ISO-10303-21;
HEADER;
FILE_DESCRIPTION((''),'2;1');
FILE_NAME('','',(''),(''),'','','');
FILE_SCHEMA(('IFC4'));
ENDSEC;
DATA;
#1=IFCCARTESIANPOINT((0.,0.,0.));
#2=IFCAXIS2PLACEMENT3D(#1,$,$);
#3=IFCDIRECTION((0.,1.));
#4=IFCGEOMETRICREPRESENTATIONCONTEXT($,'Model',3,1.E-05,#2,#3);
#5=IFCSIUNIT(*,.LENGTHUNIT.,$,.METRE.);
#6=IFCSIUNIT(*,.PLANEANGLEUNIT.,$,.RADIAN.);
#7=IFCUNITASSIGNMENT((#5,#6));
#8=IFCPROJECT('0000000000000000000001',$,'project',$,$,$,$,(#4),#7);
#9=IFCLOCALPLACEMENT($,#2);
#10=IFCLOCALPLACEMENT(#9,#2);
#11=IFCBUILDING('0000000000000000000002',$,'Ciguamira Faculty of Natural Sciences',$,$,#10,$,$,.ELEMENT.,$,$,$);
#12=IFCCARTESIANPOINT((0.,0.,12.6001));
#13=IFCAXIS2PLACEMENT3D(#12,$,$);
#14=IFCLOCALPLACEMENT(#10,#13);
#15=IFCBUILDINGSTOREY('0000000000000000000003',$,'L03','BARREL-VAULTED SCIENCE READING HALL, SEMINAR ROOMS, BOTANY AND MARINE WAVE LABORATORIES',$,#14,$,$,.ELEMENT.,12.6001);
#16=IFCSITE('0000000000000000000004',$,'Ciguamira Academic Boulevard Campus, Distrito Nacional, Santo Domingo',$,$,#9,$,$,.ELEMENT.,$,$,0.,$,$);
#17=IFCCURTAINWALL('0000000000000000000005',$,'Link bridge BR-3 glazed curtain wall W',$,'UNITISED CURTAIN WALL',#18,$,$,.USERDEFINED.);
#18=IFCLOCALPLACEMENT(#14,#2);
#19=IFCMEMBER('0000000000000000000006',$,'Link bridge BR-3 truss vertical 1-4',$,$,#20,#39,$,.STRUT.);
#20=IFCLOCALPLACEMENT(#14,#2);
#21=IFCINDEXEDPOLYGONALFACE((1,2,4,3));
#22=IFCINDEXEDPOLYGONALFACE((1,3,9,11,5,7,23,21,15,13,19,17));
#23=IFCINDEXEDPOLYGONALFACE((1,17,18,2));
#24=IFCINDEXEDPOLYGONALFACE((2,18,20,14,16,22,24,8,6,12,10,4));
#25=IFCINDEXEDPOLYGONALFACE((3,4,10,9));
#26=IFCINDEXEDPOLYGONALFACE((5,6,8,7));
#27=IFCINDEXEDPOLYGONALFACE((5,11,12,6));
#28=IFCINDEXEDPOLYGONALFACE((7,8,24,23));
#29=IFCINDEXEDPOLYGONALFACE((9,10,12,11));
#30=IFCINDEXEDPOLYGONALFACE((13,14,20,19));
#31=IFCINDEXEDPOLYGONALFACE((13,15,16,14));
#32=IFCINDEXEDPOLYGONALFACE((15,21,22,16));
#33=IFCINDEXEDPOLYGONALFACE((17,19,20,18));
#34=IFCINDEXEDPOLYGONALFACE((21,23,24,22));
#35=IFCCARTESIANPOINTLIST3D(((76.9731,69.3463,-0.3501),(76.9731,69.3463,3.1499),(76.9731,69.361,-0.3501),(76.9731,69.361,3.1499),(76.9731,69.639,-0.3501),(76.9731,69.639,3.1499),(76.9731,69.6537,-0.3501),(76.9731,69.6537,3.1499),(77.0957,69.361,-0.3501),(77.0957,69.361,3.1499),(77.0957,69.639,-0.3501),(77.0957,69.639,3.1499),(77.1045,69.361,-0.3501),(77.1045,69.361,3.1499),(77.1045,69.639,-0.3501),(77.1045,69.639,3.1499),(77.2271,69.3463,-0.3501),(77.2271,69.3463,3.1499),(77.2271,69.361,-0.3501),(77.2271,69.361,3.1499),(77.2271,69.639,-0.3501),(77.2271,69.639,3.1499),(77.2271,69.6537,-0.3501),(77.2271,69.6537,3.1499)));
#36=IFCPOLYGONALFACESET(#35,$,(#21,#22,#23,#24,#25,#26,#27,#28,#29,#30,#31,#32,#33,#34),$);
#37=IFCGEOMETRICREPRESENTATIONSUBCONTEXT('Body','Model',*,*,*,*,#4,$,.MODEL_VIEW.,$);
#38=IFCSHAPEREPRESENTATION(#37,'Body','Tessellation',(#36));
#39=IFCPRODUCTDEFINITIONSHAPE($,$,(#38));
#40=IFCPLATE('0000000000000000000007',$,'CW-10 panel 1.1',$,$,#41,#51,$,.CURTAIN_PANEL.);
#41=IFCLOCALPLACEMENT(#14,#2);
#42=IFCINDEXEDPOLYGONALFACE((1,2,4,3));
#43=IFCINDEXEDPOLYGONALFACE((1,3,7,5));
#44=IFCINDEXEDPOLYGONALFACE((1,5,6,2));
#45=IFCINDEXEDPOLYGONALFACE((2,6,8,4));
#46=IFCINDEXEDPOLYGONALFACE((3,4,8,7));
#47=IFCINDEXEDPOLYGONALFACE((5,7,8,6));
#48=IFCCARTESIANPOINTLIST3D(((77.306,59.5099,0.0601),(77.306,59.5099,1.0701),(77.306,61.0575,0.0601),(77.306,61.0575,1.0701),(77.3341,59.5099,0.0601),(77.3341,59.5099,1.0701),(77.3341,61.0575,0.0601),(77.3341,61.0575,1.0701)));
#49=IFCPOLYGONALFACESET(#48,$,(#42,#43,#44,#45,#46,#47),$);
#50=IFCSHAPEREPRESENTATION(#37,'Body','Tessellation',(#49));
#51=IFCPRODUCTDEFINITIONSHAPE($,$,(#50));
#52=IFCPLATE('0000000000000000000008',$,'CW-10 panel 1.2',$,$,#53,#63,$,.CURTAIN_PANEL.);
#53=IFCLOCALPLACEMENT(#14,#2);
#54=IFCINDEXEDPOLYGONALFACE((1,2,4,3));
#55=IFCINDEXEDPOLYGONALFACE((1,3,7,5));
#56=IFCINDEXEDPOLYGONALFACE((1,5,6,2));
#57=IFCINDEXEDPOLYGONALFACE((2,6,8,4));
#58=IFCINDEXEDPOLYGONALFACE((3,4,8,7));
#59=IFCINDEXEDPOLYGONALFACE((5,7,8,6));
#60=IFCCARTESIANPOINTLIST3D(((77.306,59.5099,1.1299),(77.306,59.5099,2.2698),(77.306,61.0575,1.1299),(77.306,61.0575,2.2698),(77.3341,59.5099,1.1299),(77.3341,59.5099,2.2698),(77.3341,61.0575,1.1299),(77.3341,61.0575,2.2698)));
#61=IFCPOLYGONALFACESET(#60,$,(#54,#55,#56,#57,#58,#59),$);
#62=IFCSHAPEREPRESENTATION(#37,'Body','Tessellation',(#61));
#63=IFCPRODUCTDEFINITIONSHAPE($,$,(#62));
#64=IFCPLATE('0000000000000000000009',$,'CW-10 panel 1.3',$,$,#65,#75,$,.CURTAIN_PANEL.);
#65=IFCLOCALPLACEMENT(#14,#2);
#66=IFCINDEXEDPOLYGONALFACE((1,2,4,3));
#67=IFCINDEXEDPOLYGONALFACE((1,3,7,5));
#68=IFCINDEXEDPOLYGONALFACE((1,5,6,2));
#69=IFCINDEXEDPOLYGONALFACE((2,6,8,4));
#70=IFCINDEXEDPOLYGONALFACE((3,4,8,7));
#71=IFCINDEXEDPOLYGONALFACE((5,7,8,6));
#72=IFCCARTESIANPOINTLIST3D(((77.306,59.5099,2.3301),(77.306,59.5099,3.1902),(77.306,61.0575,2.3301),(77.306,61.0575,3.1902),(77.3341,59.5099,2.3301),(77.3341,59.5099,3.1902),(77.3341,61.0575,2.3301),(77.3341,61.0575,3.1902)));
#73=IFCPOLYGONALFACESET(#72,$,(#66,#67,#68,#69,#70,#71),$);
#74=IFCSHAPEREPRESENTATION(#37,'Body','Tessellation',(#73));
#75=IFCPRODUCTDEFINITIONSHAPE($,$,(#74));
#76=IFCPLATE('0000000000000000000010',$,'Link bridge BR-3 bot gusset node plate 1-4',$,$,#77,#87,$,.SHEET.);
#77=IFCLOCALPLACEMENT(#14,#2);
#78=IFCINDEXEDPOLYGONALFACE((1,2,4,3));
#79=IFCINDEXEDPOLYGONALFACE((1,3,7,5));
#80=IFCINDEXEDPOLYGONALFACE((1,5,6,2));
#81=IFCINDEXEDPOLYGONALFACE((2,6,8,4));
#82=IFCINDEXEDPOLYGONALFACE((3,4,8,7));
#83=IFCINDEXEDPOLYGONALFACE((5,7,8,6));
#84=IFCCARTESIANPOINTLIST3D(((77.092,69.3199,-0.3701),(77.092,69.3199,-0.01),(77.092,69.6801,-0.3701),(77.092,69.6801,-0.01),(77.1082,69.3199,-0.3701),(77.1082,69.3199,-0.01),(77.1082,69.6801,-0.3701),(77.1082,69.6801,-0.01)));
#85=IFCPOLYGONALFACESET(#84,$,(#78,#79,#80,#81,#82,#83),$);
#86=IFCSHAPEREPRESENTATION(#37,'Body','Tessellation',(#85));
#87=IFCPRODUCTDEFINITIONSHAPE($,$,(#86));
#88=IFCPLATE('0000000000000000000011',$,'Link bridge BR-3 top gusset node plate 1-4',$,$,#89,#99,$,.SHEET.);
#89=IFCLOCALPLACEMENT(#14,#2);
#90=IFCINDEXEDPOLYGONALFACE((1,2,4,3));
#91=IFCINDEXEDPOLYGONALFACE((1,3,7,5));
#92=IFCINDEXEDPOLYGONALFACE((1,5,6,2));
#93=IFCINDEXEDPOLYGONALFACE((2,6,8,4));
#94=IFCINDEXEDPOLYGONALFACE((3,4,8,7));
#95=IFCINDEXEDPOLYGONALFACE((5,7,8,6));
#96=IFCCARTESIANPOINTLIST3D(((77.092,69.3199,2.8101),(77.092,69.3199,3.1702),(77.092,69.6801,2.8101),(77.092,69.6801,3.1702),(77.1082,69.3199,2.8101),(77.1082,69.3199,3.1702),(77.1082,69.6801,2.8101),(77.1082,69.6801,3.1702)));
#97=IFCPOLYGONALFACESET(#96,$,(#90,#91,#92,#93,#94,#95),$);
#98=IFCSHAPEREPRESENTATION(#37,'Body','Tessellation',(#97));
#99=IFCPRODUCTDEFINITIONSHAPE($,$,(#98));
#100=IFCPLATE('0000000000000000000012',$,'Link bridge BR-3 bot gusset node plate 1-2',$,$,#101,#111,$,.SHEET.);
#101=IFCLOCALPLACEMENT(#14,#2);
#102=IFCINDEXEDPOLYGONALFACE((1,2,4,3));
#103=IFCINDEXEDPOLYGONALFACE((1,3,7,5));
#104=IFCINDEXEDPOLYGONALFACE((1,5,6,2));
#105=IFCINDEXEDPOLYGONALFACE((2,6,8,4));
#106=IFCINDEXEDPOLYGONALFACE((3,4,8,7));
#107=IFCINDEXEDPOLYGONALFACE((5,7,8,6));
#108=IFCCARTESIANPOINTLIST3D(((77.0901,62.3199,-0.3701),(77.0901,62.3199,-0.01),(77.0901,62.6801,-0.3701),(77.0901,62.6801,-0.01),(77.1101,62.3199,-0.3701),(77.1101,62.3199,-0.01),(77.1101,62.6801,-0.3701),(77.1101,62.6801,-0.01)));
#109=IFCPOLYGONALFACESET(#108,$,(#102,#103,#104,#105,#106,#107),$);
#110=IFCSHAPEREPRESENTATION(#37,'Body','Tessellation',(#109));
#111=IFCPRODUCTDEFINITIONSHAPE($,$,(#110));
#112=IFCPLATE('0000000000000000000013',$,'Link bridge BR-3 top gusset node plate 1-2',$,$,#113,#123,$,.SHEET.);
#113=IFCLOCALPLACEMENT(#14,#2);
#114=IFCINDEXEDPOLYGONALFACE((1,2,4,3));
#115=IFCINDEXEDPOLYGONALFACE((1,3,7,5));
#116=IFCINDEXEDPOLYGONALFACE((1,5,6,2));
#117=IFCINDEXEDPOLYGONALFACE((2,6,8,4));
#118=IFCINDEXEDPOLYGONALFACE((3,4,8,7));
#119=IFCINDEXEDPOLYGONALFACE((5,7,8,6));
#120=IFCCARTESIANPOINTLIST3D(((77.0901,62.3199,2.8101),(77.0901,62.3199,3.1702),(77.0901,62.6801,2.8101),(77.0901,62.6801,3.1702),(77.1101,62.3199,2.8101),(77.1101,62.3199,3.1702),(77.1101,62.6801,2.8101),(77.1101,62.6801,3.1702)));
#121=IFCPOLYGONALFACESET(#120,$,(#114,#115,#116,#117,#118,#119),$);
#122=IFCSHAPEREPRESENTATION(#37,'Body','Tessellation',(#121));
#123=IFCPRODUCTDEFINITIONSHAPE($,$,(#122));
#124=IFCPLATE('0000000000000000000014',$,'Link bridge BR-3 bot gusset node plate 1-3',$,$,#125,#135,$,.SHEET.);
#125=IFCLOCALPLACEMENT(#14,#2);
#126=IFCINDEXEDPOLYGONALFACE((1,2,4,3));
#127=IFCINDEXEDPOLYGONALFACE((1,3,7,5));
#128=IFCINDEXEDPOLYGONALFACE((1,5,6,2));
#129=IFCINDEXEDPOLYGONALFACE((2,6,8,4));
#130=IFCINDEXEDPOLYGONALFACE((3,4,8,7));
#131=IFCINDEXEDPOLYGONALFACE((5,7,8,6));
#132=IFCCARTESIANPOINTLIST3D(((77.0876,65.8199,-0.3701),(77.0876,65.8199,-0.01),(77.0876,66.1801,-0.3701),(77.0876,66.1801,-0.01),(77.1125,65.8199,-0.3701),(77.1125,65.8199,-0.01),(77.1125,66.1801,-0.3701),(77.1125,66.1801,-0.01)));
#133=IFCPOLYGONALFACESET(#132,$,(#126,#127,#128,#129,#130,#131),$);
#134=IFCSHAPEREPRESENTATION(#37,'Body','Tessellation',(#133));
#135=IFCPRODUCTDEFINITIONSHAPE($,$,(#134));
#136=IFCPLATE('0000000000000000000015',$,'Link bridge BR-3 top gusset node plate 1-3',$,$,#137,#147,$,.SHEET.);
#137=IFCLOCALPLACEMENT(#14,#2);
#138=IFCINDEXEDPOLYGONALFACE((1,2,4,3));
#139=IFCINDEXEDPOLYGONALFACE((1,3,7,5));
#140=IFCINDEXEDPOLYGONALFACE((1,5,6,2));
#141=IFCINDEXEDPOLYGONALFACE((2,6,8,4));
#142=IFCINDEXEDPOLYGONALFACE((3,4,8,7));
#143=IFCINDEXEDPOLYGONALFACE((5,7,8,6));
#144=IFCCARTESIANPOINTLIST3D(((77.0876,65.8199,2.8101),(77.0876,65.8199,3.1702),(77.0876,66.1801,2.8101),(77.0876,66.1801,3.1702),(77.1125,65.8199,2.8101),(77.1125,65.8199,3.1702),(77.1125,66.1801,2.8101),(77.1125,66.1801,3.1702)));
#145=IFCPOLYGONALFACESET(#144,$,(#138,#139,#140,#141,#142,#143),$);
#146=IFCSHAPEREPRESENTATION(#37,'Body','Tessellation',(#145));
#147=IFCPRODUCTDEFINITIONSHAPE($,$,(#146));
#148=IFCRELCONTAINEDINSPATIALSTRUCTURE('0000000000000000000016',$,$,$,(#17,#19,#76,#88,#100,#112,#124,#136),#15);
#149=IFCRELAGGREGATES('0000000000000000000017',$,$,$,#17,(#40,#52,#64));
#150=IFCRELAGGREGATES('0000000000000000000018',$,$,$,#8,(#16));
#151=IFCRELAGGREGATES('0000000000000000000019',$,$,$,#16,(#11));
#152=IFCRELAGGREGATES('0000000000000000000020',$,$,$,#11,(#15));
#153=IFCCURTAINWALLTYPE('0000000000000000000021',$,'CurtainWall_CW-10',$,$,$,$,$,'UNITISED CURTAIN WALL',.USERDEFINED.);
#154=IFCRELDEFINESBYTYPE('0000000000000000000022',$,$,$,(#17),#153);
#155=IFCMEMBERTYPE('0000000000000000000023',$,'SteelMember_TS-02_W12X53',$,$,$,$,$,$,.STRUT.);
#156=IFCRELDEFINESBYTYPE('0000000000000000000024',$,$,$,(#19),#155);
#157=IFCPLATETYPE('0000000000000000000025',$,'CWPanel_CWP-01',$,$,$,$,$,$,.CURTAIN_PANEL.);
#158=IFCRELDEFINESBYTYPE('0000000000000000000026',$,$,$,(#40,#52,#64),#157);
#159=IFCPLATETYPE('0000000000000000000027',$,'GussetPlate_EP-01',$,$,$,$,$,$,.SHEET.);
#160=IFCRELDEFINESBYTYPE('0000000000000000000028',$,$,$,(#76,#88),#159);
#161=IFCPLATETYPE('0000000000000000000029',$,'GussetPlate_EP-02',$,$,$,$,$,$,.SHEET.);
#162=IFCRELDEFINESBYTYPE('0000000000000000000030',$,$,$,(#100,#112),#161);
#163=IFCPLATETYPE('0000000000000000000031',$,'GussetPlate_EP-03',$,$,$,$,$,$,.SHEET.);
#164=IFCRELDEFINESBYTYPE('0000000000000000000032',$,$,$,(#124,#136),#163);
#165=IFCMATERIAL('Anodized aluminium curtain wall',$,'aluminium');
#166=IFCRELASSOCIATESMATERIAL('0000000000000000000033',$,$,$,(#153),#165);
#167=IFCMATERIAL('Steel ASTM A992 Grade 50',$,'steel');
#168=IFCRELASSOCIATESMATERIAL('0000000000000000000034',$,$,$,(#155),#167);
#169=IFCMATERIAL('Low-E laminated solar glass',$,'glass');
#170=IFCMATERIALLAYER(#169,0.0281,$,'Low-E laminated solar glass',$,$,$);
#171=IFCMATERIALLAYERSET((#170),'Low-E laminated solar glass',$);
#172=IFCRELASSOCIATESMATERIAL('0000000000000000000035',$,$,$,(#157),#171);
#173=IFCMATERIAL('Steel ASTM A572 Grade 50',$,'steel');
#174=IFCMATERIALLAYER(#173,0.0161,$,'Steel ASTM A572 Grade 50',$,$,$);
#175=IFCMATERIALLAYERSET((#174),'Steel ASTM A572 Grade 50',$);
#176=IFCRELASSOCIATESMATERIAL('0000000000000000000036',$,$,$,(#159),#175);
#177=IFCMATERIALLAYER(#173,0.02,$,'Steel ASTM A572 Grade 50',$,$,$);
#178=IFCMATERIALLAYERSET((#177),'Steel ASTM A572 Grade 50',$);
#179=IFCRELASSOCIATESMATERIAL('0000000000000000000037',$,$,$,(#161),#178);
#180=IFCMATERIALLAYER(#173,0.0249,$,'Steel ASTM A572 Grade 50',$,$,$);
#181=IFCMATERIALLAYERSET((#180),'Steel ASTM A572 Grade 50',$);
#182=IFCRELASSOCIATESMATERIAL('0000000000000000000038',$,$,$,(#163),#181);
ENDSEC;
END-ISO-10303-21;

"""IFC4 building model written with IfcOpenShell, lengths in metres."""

from ifc_helpers import new_model, si_unit, direction, frame, origin, origin_2d, place, context, subcontext, project, spatial, rectangle, i_section, extrude, material, layer, layer_set, material_profile, profile_set, type_object, element, aggregate, save


model = new_model("IFC4")

# Units and contexts
model_context = context("Model", 3, precision=1e-05, world=origin(), true_north=direction((0.0, 1.0)))
body_context = subcontext(model_context, "Body", "Model", "MODEL_VIEW")
ifc_project = project(units=[si_unit("LENGTHUNIT", "METRE"), si_unit("PLANEANGLEUNIT", "RADIAN")], contexts=[model_context])

# Site, building, storey
site_placement = place(None, origin())
site = spatial("IfcSite", under=ifc_project, at=site_placement, Name="Ciguamira Academic Boulevard Campus, Distrito Nacional, Santo Domingo", CompositionType="ELEMENT", RefElevation=0.0)
building_placement = place(site_placement, origin())
building = spatial("IfcBuilding", under=site, at=building_placement, Name="Ciguamira Faculty of Natural Sciences", CompositionType="ELEMENT")
storey_placement = place(building_placement, frame((0.0, 0.0, 12.6001)))
storey = spatial("IfcBuildingStorey", under=building, at=storey_placement, Name="L03", Description="BARREL-VAULTED SCIENCE READING HALL, SEMINAR ROOMS, BOTANY AND MARINE WAVE LABORATORIES", CompositionType="ELEMENT", Elevation=12.6001)

# Curtain wall
ifc_material_1 = material(Name="Anodized aluminium curtain wall", Category="aluminium")
curtain_wall_type = type_object("IfcCurtainWallType", Name="CurtainWall_CW-10", ElementType="UNITISED CURTAIN WALL", PredefinedType="USERDEFINED", material=ifc_material_1)
curtain_wall_placement = place(storey_placement, origin())
curtain_wall = element("IfcCurtainWall", 1, at=curtain_wall_placement, inside=storey, type_object=curtain_wall_type, Name="Link bridge BR-3 glazed curtain wall W", ObjectType="UNITISED CURTAIN WALL", PredefinedType="USERDEFINED")

# Shared definitions
ifc_material_2 = material(Name="Steel ASTM A992 Grade 50", Category="steel")

# Member
ifc_material_profile_1 = material_profile(ifc_material_2, i_section(OverallWidth=0.2539, OverallDepth=0.3074, WebThickness=0.0088, FlangeThickness=0.0146, at=origin_2d()), Name="W12X53")
ifc_profile_set_1 = profile_set([ifc_material_profile_1], Name="Steel ASTM A992 Grade 50")
member_type_1 = type_object("IfcMemberType", Name="SteelMember_TS-02_W12X53", PredefinedType="STRUT", material=ifc_profile_set_1)
for number, where, z_axis, x_axis, name in (
    (2, (77.1001, 69.5, -0.3501), (0.0, 0.0, 1.0), (1.0, 0.0, 0.0), "Link bridge BR-3 truss vertical 1-4"),
):
    element("IfcMember", number, at=place(storey_placement, frame(where, z_axis=z_axis, x_axis=x_axis)), inside=storey, type_object=member_type_1, Name=name, PredefinedType="STRUT", context=body_context, shape_type="SweptSolid", body=[
        extrude(i_section(OverallWidth=0.2539, OverallDepth=0.3074, WebThickness=0.0088, FlangeThickness=0.0146, at=origin_2d()), origin(), (0.0, 0.0, 1.0), 3.5),
    ])

# Plates
ifc_material_3 = material(Name="Low-E laminated solar glass", Category="glass")
ifc_layer_1 = layer(ifc_material_3, 0.0281, Name="Low-E laminated solar glass")
ifc_layer_set_1 = layer_set([ifc_layer_1], Name="Low-E laminated solar glass")
plate_type_1 = type_object("IfcPlateType", Name="CWPanel_CWP-01", PredefinedType="CURTAIN_PANEL", material=ifc_layer_set_1)
plate_1_placement = place(storey_placement, frame((77.3201, 60.2837, 0.0601), z_axis=(0.0, 0.0, 1.0), x_axis=(0.0, 1.0, 0.0)))
plate_1 = element("IfcPlate", 3, at=plate_1_placement, type_object=plate_type_1, Name="CW-10 panel 1.1", PredefinedType="CURTAIN_PANEL", context=body_context, shape_type="SweptSolid", body=[
    extrude(rectangle(XDim=1.5476, YDim=0.0281, at=origin_2d()), origin(), (0.0, 0.0, 1.0), 1.01),
])
plate_2_placement = place(storey_placement, frame((77.3201, 60.2837, 1.1299), z_axis=(0.0, 0.0, 1.0), x_axis=(0.0, 1.0, 0.0)))
plate_2 = element("IfcPlate", 4, at=plate_2_placement, type_object=plate_type_1, Name="CW-10 panel 1.2", PredefinedType="CURTAIN_PANEL", context=body_context, shape_type="SweptSolid", body=[
    extrude(rectangle(XDim=1.5476, YDim=0.0281, at=origin_2d()), origin(), (0.0, 0.0, 1.0), 1.1399),
])
plate_3_placement = place(storey_placement, frame((77.3201, 60.2837, 2.3301), z_axis=(0.0, 0.0, 1.0), x_axis=(0.0, 1.0, 0.0)))
plate_3 = element("IfcPlate", 5, at=plate_3_placement, type_object=plate_type_1, Name="CW-10 panel 1.3", PredefinedType="CURTAIN_PANEL", context=body_context, shape_type="SweptSolid", body=[
    extrude(rectangle(XDim=1.5476, YDim=0.0281, at=origin_2d()), origin(), (0.0, 0.0, 1.0), 0.8601),
])
aggregate(curtain_wall, [plate_1, plate_2, plate_3])

# Plates
ifc_material_4 = material(Name="Steel ASTM A572 Grade 50", Category="steel")
ifc_layer_2 = layer(ifc_material_4, 0.0161, Name="Steel ASTM A572 Grade 50")
ifc_layer_set_2 = layer_set([ifc_layer_2], Name="Steel ASTM A572 Grade 50")
plate_type_2 = type_object("IfcPlateType", Name="GussetPlate_EP-01", PredefinedType="SHEET", material=ifc_layer_set_2)
for number, where, z_axis, x_axis, name in (
    (6, (77.1001, 69.5, -0.3701), (0.0, 0.0, 1.0), (1.0, 0.0, 0.0), "Link bridge BR-3 bot gusset node plate 1-4"),
    (7, (77.1001, 69.5, 2.8101), (0.0, 0.0, 1.0), (1.0, 0.0, 0.0), "Link bridge BR-3 top gusset node plate 1-4"),
):
    element("IfcPlate", number, at=place(storey_placement, frame(where, z_axis=z_axis, x_axis=x_axis)), inside=storey, type_object=plate_type_2, Name=name, PredefinedType="SHEET", context=body_context, shape_type="SweptSolid", body=[
        extrude(rectangle(XDim=0.0161, YDim=0.3601, at=origin_2d()), origin(), (0.0, 0.0, 1.0), 0.3601),
    ])
ifc_layer_3 = layer(ifc_material_4, 0.02, Name="Steel ASTM A572 Grade 50")
ifc_layer_set_3 = layer_set([ifc_layer_3], Name="Steel ASTM A572 Grade 50")
plate_type_3 = type_object("IfcPlateType", Name="GussetPlate_EP-02", PredefinedType="SHEET", material=ifc_layer_set_3)
for number, where, z_axis, x_axis, name in (
    (8, (77.1001, 62.5, -0.3701), (0.0, 0.0, 1.0), (1.0, 0.0, 0.0), "Link bridge BR-3 bot gusset node plate 1-2"),
    (9, (77.1001, 62.5, 2.8101), (0.0, 0.0, 1.0), (1.0, 0.0, 0.0), "Link bridge BR-3 top gusset node plate 1-2"),
):
    element("IfcPlate", number, at=place(storey_placement, frame(where, z_axis=z_axis, x_axis=x_axis)), inside=storey, type_object=plate_type_3, Name=name, PredefinedType="SHEET", context=body_context, shape_type="SweptSolid", body=[
        extrude(rectangle(XDim=0.02, YDim=0.3601, at=origin_2d()), origin(), (0.0, 0.0, 1.0), 0.3601),
    ])
ifc_layer_4 = layer(ifc_material_4, 0.0249, Name="Steel ASTM A572 Grade 50")
ifc_layer_set_4 = layer_set([ifc_layer_4], Name="Steel ASTM A572 Grade 50")
plate_type_4 = type_object("IfcPlateType", Name="GussetPlate_EP-03", PredefinedType="SHEET", material=ifc_layer_set_4)
for number, where, z_axis, x_axis, name in (
    (10, (77.1001, 66.0, -0.3701), (0.0, 0.0, 1.0), (1.0, 0.0, 0.0), "Link bridge BR-3 bot gusset node plate 1-3"),
    (11, (77.1001, 66.0, 2.8101), (0.0, 0.0, 1.0), (1.0, 0.0, 0.0), "Link bridge BR-3 top gusset node plate 1-3"),
):
    element("IfcPlate", number, at=place(storey_placement, frame(where, z_axis=z_axis, x_axis=x_axis)), inside=storey, type_object=plate_type_4, Name=name, PredefinedType="SHEET", context=body_context, shape_type="SweptSolid", body=[
        extrude(rectangle(XDim=0.0249, YDim=0.3601, at=origin_2d()), origin(), (0.0, 0.0, 1.0), 0.3601),
    ])

save(model, "model.ifc")
